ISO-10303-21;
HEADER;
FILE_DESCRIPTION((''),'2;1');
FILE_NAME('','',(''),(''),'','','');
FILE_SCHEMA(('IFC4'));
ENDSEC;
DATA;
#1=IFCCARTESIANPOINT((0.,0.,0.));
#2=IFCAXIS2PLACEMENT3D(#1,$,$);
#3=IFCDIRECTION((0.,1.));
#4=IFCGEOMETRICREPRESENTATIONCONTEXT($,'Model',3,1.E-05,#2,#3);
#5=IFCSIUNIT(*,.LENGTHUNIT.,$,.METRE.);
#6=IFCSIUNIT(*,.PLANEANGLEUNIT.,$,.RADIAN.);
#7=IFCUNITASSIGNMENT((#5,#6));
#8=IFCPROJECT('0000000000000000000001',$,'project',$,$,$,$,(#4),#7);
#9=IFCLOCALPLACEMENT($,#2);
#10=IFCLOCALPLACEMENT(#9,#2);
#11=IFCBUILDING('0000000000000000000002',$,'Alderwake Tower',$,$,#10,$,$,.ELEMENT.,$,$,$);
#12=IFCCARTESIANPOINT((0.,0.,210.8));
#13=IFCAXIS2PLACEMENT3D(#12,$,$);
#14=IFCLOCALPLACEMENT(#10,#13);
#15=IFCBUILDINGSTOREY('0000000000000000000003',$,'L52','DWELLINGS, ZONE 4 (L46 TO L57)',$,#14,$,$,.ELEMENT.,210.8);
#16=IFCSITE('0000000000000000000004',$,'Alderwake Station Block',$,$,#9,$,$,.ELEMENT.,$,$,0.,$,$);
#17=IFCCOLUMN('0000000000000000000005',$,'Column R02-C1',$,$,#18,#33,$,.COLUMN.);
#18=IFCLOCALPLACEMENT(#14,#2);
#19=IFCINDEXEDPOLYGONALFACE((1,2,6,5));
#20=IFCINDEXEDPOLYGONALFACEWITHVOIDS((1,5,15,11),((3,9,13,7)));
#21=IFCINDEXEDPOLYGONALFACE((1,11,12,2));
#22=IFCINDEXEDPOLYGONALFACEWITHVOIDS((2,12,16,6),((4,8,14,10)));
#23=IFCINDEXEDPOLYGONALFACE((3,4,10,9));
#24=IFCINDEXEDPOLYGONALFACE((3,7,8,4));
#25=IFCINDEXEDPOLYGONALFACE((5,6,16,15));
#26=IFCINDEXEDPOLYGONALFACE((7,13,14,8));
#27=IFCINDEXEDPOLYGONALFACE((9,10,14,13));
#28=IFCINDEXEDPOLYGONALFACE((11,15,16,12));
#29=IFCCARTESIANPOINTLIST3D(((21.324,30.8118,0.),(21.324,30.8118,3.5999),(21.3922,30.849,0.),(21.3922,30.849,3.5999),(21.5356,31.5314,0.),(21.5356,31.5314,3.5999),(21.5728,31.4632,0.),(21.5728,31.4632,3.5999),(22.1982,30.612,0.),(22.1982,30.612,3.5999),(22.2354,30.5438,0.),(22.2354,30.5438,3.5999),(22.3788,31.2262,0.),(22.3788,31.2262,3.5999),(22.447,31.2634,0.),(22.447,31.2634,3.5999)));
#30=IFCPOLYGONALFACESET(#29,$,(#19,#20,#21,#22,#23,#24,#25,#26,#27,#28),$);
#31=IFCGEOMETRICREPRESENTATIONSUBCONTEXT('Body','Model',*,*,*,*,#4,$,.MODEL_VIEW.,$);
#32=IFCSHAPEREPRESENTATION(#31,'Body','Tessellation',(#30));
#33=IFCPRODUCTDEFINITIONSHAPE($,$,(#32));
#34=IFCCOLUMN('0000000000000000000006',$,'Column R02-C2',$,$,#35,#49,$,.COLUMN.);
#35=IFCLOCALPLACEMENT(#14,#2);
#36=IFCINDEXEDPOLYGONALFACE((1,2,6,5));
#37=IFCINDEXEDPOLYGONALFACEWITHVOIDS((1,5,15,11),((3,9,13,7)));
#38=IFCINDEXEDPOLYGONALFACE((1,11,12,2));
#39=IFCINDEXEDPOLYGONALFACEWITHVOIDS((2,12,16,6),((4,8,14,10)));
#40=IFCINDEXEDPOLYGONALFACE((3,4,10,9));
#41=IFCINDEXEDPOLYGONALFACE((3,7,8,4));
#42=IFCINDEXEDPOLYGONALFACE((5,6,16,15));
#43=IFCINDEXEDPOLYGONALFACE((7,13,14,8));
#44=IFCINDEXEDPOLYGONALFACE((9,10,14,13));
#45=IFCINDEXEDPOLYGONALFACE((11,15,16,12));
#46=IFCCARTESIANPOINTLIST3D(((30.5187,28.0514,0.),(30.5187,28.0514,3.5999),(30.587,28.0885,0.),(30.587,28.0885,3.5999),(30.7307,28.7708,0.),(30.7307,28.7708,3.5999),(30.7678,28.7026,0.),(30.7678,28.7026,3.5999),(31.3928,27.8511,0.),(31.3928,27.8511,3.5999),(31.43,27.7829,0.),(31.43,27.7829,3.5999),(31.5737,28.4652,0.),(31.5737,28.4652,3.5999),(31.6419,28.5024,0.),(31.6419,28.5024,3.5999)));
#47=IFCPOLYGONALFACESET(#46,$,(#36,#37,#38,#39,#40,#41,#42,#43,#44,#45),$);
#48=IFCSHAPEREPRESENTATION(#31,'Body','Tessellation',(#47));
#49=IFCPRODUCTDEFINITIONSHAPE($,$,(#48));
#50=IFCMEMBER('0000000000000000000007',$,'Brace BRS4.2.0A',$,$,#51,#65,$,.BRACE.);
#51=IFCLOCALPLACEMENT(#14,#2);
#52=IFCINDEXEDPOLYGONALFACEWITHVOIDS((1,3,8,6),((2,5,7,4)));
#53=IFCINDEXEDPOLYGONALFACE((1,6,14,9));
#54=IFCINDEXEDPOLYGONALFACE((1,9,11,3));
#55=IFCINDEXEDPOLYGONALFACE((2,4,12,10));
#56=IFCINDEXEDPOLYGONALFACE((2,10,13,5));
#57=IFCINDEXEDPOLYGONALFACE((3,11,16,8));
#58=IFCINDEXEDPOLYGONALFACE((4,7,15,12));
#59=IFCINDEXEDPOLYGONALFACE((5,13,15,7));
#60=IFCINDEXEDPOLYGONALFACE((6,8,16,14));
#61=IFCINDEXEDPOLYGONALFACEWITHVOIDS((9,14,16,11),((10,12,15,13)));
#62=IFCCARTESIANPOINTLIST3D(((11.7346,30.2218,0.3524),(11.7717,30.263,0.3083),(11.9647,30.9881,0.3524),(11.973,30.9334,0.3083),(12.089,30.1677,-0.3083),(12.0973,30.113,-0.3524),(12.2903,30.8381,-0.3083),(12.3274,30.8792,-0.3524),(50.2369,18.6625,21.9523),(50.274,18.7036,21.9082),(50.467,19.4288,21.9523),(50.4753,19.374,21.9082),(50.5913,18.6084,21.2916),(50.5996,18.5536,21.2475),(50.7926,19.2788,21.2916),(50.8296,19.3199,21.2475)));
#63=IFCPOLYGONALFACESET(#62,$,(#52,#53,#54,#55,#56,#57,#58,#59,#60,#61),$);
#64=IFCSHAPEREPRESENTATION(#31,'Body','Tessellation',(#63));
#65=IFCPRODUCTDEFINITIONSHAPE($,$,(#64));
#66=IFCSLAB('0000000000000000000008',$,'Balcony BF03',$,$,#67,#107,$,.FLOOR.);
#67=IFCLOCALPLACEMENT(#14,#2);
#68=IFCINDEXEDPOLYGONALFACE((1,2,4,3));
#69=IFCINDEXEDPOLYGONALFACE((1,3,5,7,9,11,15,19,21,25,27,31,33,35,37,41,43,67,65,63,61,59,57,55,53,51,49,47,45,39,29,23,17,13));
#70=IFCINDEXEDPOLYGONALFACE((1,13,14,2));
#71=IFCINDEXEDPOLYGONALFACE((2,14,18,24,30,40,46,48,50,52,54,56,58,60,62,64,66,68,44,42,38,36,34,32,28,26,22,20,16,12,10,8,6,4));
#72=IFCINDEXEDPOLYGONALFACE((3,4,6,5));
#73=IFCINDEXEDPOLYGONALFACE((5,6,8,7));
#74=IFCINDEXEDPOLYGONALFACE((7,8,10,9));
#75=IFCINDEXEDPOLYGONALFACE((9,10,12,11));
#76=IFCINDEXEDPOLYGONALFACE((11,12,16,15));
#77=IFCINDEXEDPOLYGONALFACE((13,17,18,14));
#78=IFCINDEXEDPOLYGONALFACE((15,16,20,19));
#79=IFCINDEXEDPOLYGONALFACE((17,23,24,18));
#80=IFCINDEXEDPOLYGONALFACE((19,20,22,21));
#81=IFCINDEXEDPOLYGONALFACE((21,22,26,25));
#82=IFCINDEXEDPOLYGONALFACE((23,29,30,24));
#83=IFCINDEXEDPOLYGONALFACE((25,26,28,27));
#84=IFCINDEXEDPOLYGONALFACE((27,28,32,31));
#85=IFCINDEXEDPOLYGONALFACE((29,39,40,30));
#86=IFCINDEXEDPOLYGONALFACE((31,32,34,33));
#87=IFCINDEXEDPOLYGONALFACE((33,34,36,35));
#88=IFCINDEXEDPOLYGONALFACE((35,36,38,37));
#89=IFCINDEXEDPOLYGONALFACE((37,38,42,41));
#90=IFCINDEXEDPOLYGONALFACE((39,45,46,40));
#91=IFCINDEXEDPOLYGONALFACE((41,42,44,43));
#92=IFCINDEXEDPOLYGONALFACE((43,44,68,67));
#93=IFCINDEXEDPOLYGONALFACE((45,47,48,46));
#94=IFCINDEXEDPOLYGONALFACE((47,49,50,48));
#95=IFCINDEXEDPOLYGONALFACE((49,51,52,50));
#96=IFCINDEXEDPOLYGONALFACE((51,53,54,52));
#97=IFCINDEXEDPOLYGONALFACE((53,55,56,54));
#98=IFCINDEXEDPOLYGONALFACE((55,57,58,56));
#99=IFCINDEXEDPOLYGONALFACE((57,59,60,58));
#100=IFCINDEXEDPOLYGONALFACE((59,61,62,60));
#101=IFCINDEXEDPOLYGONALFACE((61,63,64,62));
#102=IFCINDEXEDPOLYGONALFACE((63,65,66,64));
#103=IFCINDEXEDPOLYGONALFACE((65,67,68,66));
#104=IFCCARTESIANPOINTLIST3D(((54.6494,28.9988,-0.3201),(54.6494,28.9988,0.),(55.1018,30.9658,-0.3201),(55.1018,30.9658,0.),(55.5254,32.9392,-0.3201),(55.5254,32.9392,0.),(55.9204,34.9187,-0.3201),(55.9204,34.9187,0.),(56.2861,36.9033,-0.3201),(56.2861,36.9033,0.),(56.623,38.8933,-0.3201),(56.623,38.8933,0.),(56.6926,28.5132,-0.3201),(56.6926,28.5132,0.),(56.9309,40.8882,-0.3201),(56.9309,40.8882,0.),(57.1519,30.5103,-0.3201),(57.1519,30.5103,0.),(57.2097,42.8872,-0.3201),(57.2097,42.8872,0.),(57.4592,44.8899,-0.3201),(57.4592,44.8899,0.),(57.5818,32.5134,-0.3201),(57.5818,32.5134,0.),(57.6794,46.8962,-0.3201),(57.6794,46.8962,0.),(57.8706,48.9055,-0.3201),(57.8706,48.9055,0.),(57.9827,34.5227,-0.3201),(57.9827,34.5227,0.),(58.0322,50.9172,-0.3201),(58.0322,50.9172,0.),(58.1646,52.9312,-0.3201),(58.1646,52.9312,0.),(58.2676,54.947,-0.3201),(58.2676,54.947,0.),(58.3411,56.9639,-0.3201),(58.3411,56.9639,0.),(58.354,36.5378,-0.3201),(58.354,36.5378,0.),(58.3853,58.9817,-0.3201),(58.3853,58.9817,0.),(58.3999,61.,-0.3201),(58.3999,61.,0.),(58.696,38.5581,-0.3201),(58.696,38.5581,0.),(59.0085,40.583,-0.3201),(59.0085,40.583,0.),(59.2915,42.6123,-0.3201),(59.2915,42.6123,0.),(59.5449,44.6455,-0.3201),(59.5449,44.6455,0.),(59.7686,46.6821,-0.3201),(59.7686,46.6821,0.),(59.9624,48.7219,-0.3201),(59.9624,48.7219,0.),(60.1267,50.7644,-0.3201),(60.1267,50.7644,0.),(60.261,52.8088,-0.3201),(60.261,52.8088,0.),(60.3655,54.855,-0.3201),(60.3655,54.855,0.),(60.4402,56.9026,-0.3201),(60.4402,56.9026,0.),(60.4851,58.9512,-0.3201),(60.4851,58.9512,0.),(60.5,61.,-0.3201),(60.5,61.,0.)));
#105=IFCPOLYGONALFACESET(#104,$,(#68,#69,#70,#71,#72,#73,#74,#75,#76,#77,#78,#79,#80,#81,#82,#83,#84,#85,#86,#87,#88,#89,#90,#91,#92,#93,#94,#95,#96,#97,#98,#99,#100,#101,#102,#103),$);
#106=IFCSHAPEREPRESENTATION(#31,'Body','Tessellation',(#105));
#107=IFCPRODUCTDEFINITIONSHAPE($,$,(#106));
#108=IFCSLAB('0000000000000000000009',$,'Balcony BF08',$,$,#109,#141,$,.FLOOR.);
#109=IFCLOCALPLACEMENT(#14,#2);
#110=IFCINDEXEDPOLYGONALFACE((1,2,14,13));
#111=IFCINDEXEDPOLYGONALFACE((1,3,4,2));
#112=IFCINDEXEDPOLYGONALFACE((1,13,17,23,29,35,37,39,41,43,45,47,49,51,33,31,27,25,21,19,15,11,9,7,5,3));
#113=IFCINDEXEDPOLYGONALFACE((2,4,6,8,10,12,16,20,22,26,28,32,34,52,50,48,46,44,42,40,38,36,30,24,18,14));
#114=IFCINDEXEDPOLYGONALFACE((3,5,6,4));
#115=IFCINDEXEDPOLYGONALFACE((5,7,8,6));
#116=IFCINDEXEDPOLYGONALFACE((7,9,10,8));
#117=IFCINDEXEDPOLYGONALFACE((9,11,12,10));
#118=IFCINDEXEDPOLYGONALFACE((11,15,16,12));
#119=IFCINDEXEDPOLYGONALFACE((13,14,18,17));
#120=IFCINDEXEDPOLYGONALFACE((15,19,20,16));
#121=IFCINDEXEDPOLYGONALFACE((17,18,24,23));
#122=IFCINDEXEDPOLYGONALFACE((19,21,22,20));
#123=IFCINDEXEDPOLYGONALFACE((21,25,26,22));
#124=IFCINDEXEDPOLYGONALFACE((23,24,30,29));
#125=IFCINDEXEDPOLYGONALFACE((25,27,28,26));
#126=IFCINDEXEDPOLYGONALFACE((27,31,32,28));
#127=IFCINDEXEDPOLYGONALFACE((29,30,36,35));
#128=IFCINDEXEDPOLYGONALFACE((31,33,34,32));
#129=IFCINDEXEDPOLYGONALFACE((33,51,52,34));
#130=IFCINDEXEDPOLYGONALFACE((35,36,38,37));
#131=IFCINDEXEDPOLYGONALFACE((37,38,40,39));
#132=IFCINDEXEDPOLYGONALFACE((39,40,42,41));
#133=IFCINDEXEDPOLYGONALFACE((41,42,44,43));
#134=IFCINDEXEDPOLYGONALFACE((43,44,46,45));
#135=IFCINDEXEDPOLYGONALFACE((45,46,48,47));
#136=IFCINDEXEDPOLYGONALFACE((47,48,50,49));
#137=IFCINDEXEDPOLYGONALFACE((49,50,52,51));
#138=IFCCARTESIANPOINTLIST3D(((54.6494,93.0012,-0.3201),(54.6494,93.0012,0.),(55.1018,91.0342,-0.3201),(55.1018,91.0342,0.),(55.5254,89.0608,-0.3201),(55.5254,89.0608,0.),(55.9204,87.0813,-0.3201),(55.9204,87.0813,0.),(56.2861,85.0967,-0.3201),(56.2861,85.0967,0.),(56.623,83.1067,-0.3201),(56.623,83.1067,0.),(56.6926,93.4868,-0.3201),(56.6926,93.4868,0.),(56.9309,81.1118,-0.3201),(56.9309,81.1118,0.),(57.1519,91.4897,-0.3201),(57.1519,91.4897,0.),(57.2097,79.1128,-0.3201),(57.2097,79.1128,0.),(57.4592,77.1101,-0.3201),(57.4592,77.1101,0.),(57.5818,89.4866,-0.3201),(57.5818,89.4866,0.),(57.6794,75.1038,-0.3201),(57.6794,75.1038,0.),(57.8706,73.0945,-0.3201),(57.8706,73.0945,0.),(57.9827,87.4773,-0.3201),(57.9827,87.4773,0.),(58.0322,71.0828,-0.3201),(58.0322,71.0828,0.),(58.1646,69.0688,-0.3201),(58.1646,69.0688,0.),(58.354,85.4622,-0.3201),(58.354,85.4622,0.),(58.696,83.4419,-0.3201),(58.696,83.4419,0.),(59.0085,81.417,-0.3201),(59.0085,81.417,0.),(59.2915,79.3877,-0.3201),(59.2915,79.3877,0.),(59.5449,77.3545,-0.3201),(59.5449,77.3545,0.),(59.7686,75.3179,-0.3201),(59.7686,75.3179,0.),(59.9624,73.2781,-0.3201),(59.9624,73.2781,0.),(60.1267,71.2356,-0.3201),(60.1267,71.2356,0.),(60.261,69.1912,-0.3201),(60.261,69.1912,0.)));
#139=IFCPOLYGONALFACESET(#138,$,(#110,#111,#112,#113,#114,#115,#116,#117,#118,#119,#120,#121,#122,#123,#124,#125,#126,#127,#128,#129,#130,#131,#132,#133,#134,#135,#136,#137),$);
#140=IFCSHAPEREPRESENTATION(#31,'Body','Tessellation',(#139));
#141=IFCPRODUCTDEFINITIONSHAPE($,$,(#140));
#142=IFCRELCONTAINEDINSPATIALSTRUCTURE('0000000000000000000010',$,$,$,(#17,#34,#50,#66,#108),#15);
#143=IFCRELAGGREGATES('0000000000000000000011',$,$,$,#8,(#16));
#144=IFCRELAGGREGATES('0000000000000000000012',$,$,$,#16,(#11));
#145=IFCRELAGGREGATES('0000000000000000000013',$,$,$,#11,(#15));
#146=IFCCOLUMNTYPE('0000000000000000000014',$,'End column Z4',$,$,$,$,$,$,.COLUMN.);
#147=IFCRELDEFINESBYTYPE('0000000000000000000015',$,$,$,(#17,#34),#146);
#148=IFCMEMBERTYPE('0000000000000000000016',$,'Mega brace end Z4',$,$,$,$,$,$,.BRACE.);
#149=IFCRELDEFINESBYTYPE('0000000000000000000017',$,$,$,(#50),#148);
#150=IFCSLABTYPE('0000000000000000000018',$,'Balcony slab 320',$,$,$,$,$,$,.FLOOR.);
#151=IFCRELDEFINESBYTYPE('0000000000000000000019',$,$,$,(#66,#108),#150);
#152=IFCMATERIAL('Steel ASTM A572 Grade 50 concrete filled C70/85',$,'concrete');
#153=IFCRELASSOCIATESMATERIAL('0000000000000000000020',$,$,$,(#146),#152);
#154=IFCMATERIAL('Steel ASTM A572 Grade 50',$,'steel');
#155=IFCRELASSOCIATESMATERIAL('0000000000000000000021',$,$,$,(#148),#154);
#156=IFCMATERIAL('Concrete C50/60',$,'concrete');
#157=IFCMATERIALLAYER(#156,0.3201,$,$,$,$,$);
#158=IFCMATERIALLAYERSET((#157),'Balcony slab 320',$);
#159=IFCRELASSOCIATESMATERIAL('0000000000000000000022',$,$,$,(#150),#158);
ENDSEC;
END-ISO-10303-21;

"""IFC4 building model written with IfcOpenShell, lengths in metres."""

from ifc_helpers import new_model, si_unit, direction, frame, origin, origin_2d, place, context, subcontext, project, spatial, polyline, hollow_rectangle, outline, extrude, material, layer, layer_set, material_profile, profile_set, type_object, element, save


model = new_model("IFC4")

# Units and contexts
model_context = context("Model", 3, precision=1e-05, world=origin(), true_north=direction((0.0, 1.0)))
body_context = subcontext(model_context, "Body", "Model", "MODEL_VIEW")
ifc_project = project(units=[si_unit("LENGTHUNIT", "METRE"), si_unit("PLANEANGLEUNIT", "RADIAN")], contexts=[model_context])

# Site, building, storey
site_placement = place(None, origin())
site = spatial("IfcSite", under=ifc_project, at=site_placement, Name="Alderwake Station Block", CompositionType="ELEMENT", RefElevation=0.0)
building_placement = place(site_placement, origin())
building = spatial("IfcBuilding", under=site, at=building_placement, Name="Alderwake Tower", CompositionType="ELEMENT")
storey_placement = place(building_placement, frame((0.0, 0.0, 210.8)))
storey = spatial("IfcBuildingStorey", under=building, at=storey_placement, Name="L52", Description="DWELLINGS, ZONE 4 (L46 TO L57)", CompositionType="ELEMENT", Elevation=210.8)

# Columns
ifc_material_1 = material(Name="Steel ASTM A572 Grade 50 concrete filled C70/85", Category="concrete")
ifc_material_profile_1 = material_profile(ifc_material_1, hollow_rectangle(XDim=0.75, YDim=0.95, WallThickness=0.0549, at=origin_2d()), Name="BOX 950X750X55")
ifc_profile_set_1 = profile_set([ifc_material_profile_1], Name="Steel ASTM A572 Grade 50 concrete filled C70/85")
column_type = type_object("IfcColumnType", Name="End column Z4", PredefinedType="COLUMN", material=ifc_profile_set_1)
for number, where, z_axis, x_axis, name in (
    (1, (21.8855, 31.0376, 0.0), (0.0, 0.0, 1.0), (0.282132, 0.959376, 0.0), "Column R02-C1"),
    (2, (31.0803, 28.2769, 0.0), (0.0, 0.0, 1.0), (0.282583, 0.959243, 0.0), "Column R02-C2"),
):
    element("IfcColumn", number, at=place(storey_placement, frame(where, z_axis=z_axis, x_axis=x_axis)), inside=storey, type_object=column_type, Name=name, PredefinedType="COLUMN", context=body_context, shape_type="SweptSolid", body=[
        extrude(hollow_rectangle(XDim=0.75, YDim=0.95, WallThickness=0.0549, at=origin_2d()), origin(), (0.0, 0.0, 1.0), 3.5999),
    ])

# Member
ifc_material_2 = material(Name="Steel ASTM A572 Grade 50", Category="steel")
ifc_material_profile_2 = material_profile(ifc_material_2, hollow_rectangle(XDim=0.8, YDim=0.8, WallThickness=0.05, at=origin_2d()), Name="BOX 800X800X50")
ifc_profile_set_2 = profile_set([ifc_material_profile_2], Name="Steel ASTM A572 Grade 50")
member_type = type_object("IfcMemberType", Name="Mega brace end Z4", PredefinedType="BRACE", material=ifc_profile_set_2)
member_placement = place(storey_placement, frame((12.031, 30.5505, 0.0), z_axis=(0.843691, -0.253297, 0.473313), x_axis=(0.287546, 0.957767, 0.0)))
element("IfcMember", 3, at=member_placement, inside=storey, type_object=member_type, Name="Brace BRS4.2.0A", PredefinedType="BRACE", context=body_context, shape_type="SweptSolid", body=[
    extrude(hollow_rectangle(XDim=0.8, YDim=0.8, WallThickness=0.05, at=origin_2d()), origin(), (0.0, 0.0, 1.0), 45.6355),
])

# Slabs
ifc_material_3 = material(Name="Concrete C50/60", Category="concrete")
ifc_layer_1 = layer(ifc_material_3, 0.3201)
ifc_layer_set_1 = layer_set([ifc_layer_1], Name="Balcony slab 320")
slab_type_1 = type_object("IfcSlabType", Name="Balcony slab 320", PredefinedType="FLOOR", material=ifc_layer_set_1)
slab_1_placement = place(storey_placement, frame((0.0, 0.0, -0.3201)))
element("IfcSlab", 4, at=slab_1_placement, inside=storey, type_object=slab_type_1, Name="Balcony BF03", PredefinedType="FLOOR", context=body_context, shape_type="SweptSolid", body=[
    extrude(outline(polyline([(57.1519, 30.5103), (57.5818, 32.5134), (57.9827, 34.5227), (58.354, 36.5378), (58.696, 38.5581), (59.0085, 40.583), (59.2915, 42.6123), (59.5449, 44.6455), (59.7686, 46.6821), (59.9624, 48.7219), (60.1267, 50.7644), (60.261, 52.8088), (60.3655, 54.855), (60.4402, 56.9026), (60.4851, 58.9512), (60.5, 61.0), (58.3999, 61.0), (58.3853, 58.9817), (58.3411, 56.9639), (58.2676, 54.947), (58.1646, 52.9312), (58.0322, 50.9172), (57.8706, 48.9055), (57.6794, 46.8962), (57.4592, 44.8899), (57.2097, 42.8872), (56.9309, 40.8882), (56.623, 38.8933), (56.2861, 36.9033), (55.9204, 34.9187), (55.5254, 32.9392), (55.1018, 30.9658), (54.6494, 28.9988), (56.6926, 28.5132), (57.1519, 30.5103)])), origin(), (0.0, 0.0, 1.0), 0.3201),
])
slab_2_placement = place(storey_placement, frame((0.0, 0.0, -0.3201)))
element("IfcSlab", 5, at=slab_2_placement, inside=storey, type_object=slab_type_1, Name="Balcony BF08", PredefinedType="FLOOR", context=body_context, shape_type="SweptSolid", body=[
    extrude(outline(polyline([(59.9624, 73.2781), (59.7686, 75.3179), (59.5449, 77.3545), (59.2915, 79.3877), (59.0085, 81.417), (58.696, 83.4419), (58.354, 85.4622), (57.9827, 87.4773), (57.5818, 89.4866), (57.1519, 91.4897), (56.6926, 93.4868), (54.6494, 93.0012), (55.1018, 91.0342), (55.5254, 89.0608), (55.9204, 87.0813), (56.2861, 85.0967), (56.623, 83.1067), (56.9309, 81.1118), (57.2097, 79.1128), (57.4592, 77.1101), (57.6794, 75.1038), (57.8706, 73.0945), (58.0322, 71.0828), (58.1646, 69.0688), (60.261, 69.1912), (60.1267, 71.2356), (59.9624, 73.2781)])), origin(), (0.0, 0.0, 1.0), 0.3201),
])

save(model, "model.ifc")
